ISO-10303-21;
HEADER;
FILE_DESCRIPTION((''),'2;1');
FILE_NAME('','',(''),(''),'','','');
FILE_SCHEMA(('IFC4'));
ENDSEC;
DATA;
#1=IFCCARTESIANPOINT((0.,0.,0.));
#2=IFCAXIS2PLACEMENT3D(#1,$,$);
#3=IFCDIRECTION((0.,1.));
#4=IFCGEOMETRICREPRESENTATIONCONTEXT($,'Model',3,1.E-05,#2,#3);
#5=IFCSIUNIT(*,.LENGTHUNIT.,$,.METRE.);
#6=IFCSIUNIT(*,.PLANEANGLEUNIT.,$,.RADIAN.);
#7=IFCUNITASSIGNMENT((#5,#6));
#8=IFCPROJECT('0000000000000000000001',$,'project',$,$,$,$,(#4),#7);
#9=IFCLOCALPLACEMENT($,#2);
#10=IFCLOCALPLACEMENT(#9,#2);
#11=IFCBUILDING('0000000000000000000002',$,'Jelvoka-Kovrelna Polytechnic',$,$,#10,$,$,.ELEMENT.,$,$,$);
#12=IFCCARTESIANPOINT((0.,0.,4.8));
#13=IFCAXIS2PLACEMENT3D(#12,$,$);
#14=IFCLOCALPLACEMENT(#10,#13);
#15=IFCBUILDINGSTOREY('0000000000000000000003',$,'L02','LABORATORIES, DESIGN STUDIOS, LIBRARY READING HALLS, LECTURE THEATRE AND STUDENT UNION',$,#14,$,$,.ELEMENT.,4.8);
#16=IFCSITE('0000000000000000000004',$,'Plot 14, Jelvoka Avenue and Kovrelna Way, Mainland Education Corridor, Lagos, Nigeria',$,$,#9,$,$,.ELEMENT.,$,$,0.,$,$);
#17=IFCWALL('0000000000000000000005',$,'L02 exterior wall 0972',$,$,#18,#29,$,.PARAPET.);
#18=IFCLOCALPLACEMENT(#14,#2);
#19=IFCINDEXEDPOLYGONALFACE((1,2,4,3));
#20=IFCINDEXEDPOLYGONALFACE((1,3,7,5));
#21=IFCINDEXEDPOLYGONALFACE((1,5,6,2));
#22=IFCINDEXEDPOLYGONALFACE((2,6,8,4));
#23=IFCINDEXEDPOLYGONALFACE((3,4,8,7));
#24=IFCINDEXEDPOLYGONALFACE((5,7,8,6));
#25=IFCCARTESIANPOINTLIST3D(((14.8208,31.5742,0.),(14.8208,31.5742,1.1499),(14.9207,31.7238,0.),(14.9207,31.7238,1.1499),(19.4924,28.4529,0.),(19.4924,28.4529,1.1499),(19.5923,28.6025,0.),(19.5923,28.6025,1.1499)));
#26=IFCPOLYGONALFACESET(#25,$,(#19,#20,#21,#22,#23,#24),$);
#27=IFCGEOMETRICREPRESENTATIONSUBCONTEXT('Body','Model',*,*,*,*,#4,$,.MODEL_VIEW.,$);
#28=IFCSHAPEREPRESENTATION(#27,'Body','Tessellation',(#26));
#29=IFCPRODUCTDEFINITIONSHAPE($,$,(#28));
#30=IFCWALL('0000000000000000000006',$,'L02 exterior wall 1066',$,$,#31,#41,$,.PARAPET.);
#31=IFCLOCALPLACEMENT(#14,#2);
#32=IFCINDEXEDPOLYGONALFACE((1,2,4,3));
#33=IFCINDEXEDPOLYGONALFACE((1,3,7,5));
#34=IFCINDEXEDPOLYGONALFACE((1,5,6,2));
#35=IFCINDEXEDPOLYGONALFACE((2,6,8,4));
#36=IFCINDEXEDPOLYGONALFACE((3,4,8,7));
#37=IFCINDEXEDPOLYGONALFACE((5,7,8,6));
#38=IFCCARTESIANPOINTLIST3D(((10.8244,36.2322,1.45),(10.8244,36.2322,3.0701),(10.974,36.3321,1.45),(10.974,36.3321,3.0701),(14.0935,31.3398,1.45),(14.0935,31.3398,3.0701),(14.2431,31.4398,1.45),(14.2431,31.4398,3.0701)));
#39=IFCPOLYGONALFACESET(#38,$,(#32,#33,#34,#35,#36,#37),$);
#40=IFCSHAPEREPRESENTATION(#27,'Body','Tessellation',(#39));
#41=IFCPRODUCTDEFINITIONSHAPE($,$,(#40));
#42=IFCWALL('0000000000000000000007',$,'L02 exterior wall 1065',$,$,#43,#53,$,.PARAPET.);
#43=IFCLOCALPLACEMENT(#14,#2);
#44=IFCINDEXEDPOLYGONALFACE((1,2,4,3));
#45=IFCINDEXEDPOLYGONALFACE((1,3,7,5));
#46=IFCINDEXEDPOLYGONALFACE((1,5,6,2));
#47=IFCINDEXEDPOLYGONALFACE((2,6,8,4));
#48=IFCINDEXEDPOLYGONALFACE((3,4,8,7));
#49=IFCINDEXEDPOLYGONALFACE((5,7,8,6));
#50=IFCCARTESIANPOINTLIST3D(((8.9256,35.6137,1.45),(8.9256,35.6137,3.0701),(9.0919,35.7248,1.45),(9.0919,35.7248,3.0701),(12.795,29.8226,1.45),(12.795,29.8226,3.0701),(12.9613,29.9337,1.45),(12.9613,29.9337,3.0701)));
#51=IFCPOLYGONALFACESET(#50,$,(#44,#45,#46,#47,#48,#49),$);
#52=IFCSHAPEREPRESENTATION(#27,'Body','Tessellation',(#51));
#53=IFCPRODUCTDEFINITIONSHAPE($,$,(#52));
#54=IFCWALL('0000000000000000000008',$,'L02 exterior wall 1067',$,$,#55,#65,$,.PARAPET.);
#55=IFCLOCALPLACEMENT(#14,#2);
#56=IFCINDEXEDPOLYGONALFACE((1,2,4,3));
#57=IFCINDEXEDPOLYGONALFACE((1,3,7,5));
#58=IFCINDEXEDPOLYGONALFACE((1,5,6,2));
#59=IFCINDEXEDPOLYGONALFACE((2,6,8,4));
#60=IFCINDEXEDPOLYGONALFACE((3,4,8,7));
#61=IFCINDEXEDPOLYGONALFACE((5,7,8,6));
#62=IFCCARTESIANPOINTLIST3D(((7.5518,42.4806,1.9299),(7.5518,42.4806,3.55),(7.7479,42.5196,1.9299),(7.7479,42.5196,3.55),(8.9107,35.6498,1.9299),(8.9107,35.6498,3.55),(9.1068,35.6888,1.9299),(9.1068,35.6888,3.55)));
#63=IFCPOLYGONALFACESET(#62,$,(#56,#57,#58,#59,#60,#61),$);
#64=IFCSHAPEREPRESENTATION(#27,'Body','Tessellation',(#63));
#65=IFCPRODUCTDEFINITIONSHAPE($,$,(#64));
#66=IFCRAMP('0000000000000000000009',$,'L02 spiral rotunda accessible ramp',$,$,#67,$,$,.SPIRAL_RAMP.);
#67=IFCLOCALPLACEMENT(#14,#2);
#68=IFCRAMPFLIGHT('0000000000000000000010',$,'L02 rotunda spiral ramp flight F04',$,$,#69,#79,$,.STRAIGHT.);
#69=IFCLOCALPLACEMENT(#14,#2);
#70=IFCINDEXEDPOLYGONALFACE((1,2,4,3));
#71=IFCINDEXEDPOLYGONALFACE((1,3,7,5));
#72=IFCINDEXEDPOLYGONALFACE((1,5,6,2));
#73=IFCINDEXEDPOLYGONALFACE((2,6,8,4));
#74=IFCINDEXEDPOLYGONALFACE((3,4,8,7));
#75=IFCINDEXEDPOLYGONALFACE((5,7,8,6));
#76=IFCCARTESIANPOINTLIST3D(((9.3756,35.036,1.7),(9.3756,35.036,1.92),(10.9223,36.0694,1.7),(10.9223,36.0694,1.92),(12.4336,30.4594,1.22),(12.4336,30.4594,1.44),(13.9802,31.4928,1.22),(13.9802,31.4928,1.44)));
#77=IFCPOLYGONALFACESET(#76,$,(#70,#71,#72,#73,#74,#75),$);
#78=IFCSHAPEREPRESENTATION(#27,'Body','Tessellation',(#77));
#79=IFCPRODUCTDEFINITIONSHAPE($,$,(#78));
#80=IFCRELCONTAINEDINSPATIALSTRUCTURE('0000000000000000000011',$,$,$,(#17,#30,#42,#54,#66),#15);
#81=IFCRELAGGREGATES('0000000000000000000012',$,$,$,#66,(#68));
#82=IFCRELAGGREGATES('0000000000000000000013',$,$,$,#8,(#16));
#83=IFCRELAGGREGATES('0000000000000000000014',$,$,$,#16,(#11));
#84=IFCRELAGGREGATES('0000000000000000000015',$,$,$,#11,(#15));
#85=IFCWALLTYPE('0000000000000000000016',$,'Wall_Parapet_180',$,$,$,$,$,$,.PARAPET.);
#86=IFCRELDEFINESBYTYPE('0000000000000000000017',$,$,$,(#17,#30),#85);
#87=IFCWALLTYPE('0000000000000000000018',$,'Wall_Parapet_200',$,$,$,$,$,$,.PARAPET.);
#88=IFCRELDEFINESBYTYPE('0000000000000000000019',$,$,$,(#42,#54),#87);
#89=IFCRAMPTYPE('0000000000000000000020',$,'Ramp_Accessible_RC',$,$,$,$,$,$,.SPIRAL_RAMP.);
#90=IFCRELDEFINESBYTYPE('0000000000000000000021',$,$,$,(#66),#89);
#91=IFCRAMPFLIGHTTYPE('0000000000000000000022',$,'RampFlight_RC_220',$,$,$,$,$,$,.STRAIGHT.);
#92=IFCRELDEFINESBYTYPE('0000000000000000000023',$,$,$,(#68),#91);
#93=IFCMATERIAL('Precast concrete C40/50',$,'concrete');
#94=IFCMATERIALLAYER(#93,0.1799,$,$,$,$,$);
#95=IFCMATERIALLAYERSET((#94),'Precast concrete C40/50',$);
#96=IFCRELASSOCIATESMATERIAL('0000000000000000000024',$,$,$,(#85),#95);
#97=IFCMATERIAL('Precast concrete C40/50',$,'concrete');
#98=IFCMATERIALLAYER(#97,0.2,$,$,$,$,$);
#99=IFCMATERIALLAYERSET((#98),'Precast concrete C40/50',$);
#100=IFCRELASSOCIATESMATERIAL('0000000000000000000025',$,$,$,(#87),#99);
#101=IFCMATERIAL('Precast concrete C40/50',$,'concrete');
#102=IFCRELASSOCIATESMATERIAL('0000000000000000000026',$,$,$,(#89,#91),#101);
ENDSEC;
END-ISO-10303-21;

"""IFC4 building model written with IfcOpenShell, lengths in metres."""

from ifc_helpers import new_model, si_unit, direction, frame, frame_2d, origin, place, context, subcontext, project, spatial, polyline, rectangle, outline, extrude, material, layer, layer_set, type_object, element, aggregate, save


model = new_model("IFC4")

# Units and contexts
model_context = context("Model", 3, precision=1e-05, world=origin(), true_north=direction((0.0, 1.0)))
body_context = subcontext(model_context, "Body", "Model", "MODEL_VIEW")
ifc_project = project(units=[si_unit("LENGTHUNIT", "METRE"), si_unit("PLANEANGLEUNIT", "RADIAN")], contexts=[model_context])

# Site, building, storey
site_placement = place(None, origin())
site = spatial("IfcSite", under=ifc_project, at=site_placement, Name="Plot 14, Jelvoka Avenue and Kovrelna Way, Mainland Education Corridor, Lagos, Nigeria", CompositionType="ELEMENT", RefElevation=0.0)
building_placement = place(site_placement, origin())
building = spatial("IfcBuilding", under=site, at=building_placement, Name="Jelvoka-Kovrelna Polytechnic", CompositionType="ELEMENT")
storey_placement = place(building_placement, frame((0.0, 0.0, 4.8)))
storey = spatial("IfcBuildingStorey", under=building, at=storey_placement, Name="L02", Description="LABORATORIES, DESIGN STUDIOS, LIBRARY READING HALLS, LECTURE THEATRE AND STUDENT UNION", CompositionType="ELEMENT", Elevation=4.8)

# Walls
ifc_material_1 = material(Name="Precast concrete C40/50", Category="concrete")
ifc_layer_1 = layer(ifc_material_1, 0.1799)
ifc_layer_set_1 = layer_set([ifc_layer_1], Name="Precast concrete C40/50")
wall_type_1 = type_object("IfcWallType", Name="Wall_Parapet_180", PredefinedType="PARAPET", material=ifc_layer_set_1)
wall_1_placement = place(storey_placement, frame((14.8708, 31.6489, 0.0), z_axis=(0.0, 0.0, 1.0), x_axis=(0.831482, -0.555552, 0.0)))
element("IfcWall", 1, at=wall_1_placement, inside=storey, type_object=wall_type_1, Name="L02 exterior wall 0972", PredefinedType="PARAPET", context=body_context, shape_type="SweptSolid", body=[
    extrude(rectangle(XDim=5.6184, YDim=0.1799, at=frame_2d((2.8091, 0.0))), origin(), (0.0, 0.0, 1.0), 1.1499),
])
wall_2_placement = place(storey_placement, frame((14.1682, 31.3899, 1.45), z_axis=(0.0, 0.0, 1.0), x_axis=(-0.555581, 0.831463, 0.0)))
element("IfcWall", 2, at=wall_2_placement, inside=storey, type_object=wall_type_1, Name="L02 exterior wall 1066", PredefinedType="PARAPET", context=body_context, shape_type="SweptSolid", body=[
    extrude(rectangle(XDim=5.884, YDim=0.1799, at=frame_2d((2.9419, 0.0))), origin(), (0.0, 0.0, 1.0), 1.6201),
])
ifc_material_2 = material(Name="Precast concrete C40/50", Category="concrete")
ifc_layer_2 = layer(ifc_material_2, 0.2)
ifc_layer_set_2 = layer_set([ifc_layer_2], Name="Precast concrete C40/50")
wall_type_2 = type_object("IfcWallType", Name="Wall_Parapet_200", PredefinedType="PARAPET", material=ifc_layer_set_2)
wall_3_placement = place(storey_placement, frame((12.8782, 29.8782, 1.45), z_axis=(0.0, 0.0, 1.0), x_axis=(-0.555565, 0.831473, 0.0)))
element("IfcWall", 3, at=wall_3_placement, inside=storey, type_object=wall_type_2, Name="L02 exterior wall 1065", PredefinedType="PARAPET", context=body_context, shape_type="SweptSolid", body=[
    extrude(rectangle(XDim=6.9648, YDim=0.2, at=frame_2d((3.4824, 0.0))), origin(), (0.0, 0.0, 1.0), 1.6201),
])
wall_4_placement = place(storey_placement, frame((9.0088, 35.6692, 1.9299), z_axis=(0.0, 0.0, 1.0), x_axis=(-0.195112, 0.980781, 0.0)))
element("IfcWall", 4, at=wall_4_placement, inside=storey, type_object=wall_type_2, Name="L02 exterior wall 1067", PredefinedType="PARAPET", context=body_context, shape_type="SweptSolid", body=[
    extrude(rectangle(XDim=6.9646, YDim=0.2, at=frame_2d((3.4824, 0.0))), origin(), (0.0, 0.0, 1.0), 1.6201),
])

# Ramp, ramp flight
ifc_material_3 = material(Name="Precast concrete C40/50", Category="concrete")
ramp_type = type_object("IfcRampType", Name="Ramp_Accessible_RC", PredefinedType="SPIRAL_RAMP", material=ifc_material_3)
ramp_placement = place(storey_placement, origin())
ramp = element("IfcRamp", 5, at=ramp_placement, inside=storey, type_object=ramp_type, Name="L02 spiral rotunda accessible ramp", PredefinedType="SPIRAL_RAMP")
ramp_flight_type = type_object("IfcRampFlightType", Name="RampFlight_RC_220", PredefinedType="STRAIGHT", material=ifc_material_3)
ramp_flight_placement = place(None, frame((13.2068, 30.9761, 6.24), z_axis=(0.0, 0.0, 1.0), x_axis=(-0.555568, 0.831471, 0.0)))
ramp_flight = element("IfcRampFlight", 6, at=ramp_flight_placement, type_object=ramp_flight_type, Name="L02 rotunda spiral ramp flight F04", PredefinedType="STRAIGHT", context=body_context, shape_type="SweptSolid", body=[
    extrude(outline(polyline([(0.0, 0.0), (5.5042, 0.48), (5.5042, 0.26), (0.0, -0.22), (0.0, 0.0)])), frame((0.0, 0.9299, 0.0), z_axis=(0.0, -1.0, 0.0), x_axis=(1.0, 0.0, 0.0)), (0.0, 0.0, 1.0), 1.8601),
])
aggregate(ramp, [ramp_flight])

save(model, "model.ifc")
